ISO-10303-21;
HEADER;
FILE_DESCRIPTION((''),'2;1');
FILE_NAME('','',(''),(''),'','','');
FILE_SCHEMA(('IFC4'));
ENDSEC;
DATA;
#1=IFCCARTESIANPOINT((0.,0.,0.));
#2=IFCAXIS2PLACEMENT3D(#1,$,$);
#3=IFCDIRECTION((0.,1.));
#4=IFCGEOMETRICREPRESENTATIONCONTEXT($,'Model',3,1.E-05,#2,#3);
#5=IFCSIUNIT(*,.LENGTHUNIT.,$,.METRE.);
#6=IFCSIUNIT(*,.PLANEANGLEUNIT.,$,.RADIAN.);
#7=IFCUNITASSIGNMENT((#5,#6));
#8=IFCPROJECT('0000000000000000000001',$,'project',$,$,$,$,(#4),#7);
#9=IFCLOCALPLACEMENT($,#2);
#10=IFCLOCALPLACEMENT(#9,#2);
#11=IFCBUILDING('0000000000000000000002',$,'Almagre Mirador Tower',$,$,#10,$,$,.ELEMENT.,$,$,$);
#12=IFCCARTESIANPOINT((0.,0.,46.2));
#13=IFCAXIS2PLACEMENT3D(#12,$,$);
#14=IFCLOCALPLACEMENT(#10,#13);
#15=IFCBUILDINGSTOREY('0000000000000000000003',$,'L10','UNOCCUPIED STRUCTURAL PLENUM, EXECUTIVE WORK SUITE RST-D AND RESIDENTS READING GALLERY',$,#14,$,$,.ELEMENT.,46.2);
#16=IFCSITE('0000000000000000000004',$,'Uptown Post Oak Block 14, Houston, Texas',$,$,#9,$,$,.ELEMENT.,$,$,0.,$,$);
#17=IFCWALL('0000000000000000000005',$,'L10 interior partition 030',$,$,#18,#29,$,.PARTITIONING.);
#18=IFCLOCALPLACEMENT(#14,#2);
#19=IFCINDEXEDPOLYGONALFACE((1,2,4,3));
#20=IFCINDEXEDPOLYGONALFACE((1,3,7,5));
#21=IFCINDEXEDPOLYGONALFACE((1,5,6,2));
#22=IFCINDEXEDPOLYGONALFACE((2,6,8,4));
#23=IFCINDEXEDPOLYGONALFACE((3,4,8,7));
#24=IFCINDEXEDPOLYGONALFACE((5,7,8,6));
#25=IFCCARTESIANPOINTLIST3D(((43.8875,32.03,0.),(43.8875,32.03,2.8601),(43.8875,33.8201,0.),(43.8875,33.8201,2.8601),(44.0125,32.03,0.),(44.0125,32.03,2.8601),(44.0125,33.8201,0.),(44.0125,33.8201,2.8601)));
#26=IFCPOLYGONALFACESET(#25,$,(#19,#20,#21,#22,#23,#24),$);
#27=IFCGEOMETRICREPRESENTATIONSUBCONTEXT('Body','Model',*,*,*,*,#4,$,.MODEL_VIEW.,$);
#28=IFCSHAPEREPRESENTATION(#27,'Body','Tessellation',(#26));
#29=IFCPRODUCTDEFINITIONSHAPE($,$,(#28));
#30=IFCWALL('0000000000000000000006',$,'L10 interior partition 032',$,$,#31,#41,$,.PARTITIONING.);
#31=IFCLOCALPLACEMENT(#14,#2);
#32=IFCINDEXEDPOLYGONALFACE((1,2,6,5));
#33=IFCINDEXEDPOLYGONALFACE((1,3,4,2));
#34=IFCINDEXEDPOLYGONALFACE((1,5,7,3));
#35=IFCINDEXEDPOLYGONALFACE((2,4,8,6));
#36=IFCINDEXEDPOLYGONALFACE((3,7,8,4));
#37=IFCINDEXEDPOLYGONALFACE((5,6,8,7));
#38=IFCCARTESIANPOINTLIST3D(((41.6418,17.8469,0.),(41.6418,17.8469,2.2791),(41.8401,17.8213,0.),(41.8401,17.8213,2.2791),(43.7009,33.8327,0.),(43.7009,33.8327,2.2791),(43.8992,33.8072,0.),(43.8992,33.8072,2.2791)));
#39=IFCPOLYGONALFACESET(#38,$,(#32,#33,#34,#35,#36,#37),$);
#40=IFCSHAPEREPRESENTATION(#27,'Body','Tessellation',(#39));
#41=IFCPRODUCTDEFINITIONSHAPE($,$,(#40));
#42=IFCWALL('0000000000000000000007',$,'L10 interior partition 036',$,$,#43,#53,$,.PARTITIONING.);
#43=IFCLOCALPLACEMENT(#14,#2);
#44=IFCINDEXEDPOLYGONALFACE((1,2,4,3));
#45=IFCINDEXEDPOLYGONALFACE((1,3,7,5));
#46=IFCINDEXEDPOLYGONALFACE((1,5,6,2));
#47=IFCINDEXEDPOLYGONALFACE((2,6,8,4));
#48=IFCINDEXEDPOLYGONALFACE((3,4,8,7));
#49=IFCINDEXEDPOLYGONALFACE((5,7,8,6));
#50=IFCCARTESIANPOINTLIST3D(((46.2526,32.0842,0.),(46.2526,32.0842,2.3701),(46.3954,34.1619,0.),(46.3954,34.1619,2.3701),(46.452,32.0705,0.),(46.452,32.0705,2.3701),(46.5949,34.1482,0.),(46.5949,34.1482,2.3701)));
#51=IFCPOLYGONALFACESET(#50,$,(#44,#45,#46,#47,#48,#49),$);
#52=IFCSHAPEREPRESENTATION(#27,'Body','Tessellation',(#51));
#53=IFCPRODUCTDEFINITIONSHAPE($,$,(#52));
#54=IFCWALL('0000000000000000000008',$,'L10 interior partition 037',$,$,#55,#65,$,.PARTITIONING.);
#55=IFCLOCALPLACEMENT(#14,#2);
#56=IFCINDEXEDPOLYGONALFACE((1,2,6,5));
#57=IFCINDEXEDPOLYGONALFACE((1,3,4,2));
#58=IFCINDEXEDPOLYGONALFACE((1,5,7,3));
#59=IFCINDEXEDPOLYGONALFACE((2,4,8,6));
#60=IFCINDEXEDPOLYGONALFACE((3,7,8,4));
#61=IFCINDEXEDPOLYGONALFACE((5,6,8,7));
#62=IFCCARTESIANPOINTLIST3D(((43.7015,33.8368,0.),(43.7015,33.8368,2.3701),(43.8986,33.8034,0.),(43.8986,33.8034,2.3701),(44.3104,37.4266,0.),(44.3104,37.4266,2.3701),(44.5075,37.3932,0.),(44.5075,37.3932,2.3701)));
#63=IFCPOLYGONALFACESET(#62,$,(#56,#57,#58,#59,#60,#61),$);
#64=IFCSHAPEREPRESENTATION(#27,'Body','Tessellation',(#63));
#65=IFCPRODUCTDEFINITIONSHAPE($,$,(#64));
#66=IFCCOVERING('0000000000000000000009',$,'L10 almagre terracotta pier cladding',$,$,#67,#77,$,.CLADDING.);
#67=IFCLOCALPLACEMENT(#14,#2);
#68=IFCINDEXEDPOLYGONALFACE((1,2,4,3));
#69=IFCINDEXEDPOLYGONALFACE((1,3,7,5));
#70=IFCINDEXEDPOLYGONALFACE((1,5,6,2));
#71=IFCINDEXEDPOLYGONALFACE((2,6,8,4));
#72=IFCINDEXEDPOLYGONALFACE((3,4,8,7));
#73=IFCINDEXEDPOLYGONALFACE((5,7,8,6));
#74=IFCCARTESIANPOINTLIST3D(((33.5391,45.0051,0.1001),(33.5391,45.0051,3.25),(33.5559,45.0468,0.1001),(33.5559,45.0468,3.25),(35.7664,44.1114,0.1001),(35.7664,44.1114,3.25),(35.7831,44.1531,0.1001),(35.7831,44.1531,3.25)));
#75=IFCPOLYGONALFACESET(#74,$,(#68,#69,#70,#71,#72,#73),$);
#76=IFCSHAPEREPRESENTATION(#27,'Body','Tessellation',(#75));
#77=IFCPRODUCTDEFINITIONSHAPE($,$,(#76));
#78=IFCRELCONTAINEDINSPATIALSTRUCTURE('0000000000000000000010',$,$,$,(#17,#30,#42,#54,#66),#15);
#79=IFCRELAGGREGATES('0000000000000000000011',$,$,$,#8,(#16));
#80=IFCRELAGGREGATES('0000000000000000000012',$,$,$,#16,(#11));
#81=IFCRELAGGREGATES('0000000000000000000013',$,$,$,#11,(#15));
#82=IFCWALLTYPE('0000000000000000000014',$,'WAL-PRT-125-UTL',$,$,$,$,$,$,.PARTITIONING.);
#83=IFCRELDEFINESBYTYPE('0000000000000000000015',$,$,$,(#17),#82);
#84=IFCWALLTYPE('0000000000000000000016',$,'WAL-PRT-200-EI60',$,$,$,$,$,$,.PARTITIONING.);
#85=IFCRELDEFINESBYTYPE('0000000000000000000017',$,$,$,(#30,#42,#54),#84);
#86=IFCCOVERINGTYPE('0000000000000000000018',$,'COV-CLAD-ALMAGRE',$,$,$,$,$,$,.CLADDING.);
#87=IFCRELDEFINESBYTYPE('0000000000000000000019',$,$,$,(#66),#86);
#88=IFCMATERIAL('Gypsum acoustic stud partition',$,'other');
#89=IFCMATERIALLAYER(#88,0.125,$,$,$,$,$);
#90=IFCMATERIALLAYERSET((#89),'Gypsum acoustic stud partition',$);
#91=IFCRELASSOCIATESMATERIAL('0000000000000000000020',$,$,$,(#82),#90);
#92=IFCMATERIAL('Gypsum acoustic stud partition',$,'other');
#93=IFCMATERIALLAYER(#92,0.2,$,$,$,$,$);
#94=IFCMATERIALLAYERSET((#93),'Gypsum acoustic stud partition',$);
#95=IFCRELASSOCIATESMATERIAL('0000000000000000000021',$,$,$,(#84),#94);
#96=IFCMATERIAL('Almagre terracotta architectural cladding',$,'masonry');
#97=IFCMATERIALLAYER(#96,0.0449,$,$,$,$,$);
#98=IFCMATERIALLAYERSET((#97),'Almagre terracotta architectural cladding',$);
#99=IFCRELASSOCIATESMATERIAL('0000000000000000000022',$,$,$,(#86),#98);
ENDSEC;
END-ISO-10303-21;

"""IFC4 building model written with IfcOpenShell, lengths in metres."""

from ifc_helpers import new_model, si_unit, direction, frame, frame_2d, origin, origin_2d, place, context, subcontext, project, spatial, rectangle, extrude, material, layer, layer_set, type_object, element, save


model = new_model("IFC4")

# Units and contexts
model_context = context("Model", 3, precision=1e-05, world=origin(), true_north=direction((0.0, 1.0)))
body_context = subcontext(model_context, "Body", "Model", "MODEL_VIEW")
ifc_project = project(units=[si_unit("LENGTHUNIT", "METRE"), si_unit("PLANEANGLEUNIT", "RADIAN")], contexts=[model_context])

# Site, building, storey
site_placement = place(None, origin())
site = spatial("IfcSite", under=ifc_project, at=site_placement, Name="Uptown Post Oak Block 14, Houston, Texas", CompositionType="ELEMENT", RefElevation=0.0)
building_placement = place(site_placement, origin())
building = spatial("IfcBuilding", under=site, at=building_placement, Name="Almagre Mirador Tower", CompositionType="ELEMENT")
storey_placement = place(building_placement, frame((0.0, 0.0, 46.2)))
storey = spatial("IfcBuildingStorey", under=building, at=storey_placement, Name="L10", Description="UNOCCUPIED STRUCTURAL PLENUM, EXECUTIVE WORK SUITE RST-D AND RESIDENTS READING GALLERY", CompositionType="ELEMENT", Elevation=46.2)

# Wall
ifc_material_1 = material(Name="Gypsum acoustic stud partition", Category="other")
ifc_layer_1 = layer(ifc_material_1, 0.125)
ifc_layer_set_1 = layer_set([ifc_layer_1], Name="Gypsum acoustic stud partition")
wall_type_1 = type_object("IfcWallType", Name="WAL-PRT-125-UTL", PredefinedType="PARTITIONING", material=ifc_layer_set_1)
wall_1_placement = place(storey_placement, frame((43.95, 32.03, 0.0), z_axis=(0.0, 0.0, 1.0), x_axis=(0.0, 1.0, 0.0)))
element("IfcWall", 1, at=wall_1_placement, inside=storey, type_object=wall_type_1, Name="L10 interior partition 030", PredefinedType="PARTITIONING", context=body_context, shape_type="SweptSolid", body=[
    extrude(rectangle(XDim=1.79, YDim=0.125, at=frame_2d((0.895, 0.0))), origin(), (0.0, 0.0, 1.0), 2.8601),
])

# Walls
ifc_material_2 = material(Name="Gypsum acoustic stud partition", Category="other")
ifc_layer_2 = layer(ifc_material_2, 0.2)
ifc_layer_set_2 = layer_set([ifc_layer_2], Name="Gypsum acoustic stud partition")
wall_type_2 = type_object("IfcWallType", Name="WAL-PRT-200-EI60", PredefinedType="PARTITIONING", material=ifc_layer_set_2)
wall_2_placement = place(storey_placement, frame((43.8, 33.8201, 0.0), z_axis=(0.0, 0.0, 1.0), x_axis=(-0.127751, -0.991806, 0.0)))
element("IfcWall", 2, at=wall_2_placement, inside=storey, type_object=wall_type_2, Name="L10 interior partition 032", PredefinedType="PARTITIONING", context=body_context, shape_type="SweptSolid", body=[
    extrude(rectangle(XDim=16.1179, YDim=0.2, at=frame_2d((8.0591, 0.0))), origin(), (0.0, 0.0, 1.0), 2.2791),
])
wall_3_placement = place(storey_placement, frame((46.3523, 32.0774, 0.0), z_axis=(0.0, 0.0, 1.0), x_axis=(0.068581, 0.997646, 0.0)))
element("IfcWall", 3, at=wall_3_placement, inside=storey, type_object=wall_type_2, Name="L10 interior partition 036", PredefinedType="PARTITIONING", context=body_context, shape_type="SweptSolid", body=[
    extrude(rectangle(XDim=2.0825, YDim=0.2, at=frame_2d((1.0413, 0.0))), origin(), (0.0, 0.0, 1.0), 2.3701),
])
wall_4_placement = place(storey_placement, frame((44.4089, 37.4099, 0.0), z_axis=(0.0, 0.0, 1.0), x_axis=(-0.167225, -0.985919, 0.0)))
element("IfcWall", 4, at=wall_4_placement, inside=storey, type_object=wall_type_2, Name="L10 interior partition 037", PredefinedType="PARTITIONING", context=body_context, shape_type="SweptSolid", body=[
    extrude(rectangle(XDim=3.6411, YDim=0.2, at=frame_2d((1.8206, 0.0))), origin(), (0.0, 0.0, 1.0), 2.3701),
])

# Covering
ifc_material_3 = material(Name="Almagre terracotta architectural cladding", Category="masonry")
ifc_layer_3 = layer(ifc_material_3, 0.0449)
ifc_layer_set_3 = layer_set([ifc_layer_3], Name="Almagre terracotta architectural cladding")
covering_type = type_object("IfcCoveringType", Name="COV-CLAD-ALMAGRE", PredefinedType="CLADDING", material=ifc_layer_set_3)
covering_placement = place(storey_placement, frame((34.6611, 44.5791, 0.1001), z_axis=(0.0, 0.0, 1.0), x_axis=(0.92807, -0.372405, 0.0)))
element("IfcCovering", 5, at=covering_placement, inside=storey, type_object=covering_type, Name="L10 almagre terracotta pier cladding", PredefinedType="CLADDING", context=body_context, shape_type="SweptSolid", body=[
    extrude(rectangle(XDim=2.3999, YDim=0.0449, at=origin_2d()), origin(), (0.0, 0.0, 1.0), 3.1499),
])

save(model, "model.ifc")
